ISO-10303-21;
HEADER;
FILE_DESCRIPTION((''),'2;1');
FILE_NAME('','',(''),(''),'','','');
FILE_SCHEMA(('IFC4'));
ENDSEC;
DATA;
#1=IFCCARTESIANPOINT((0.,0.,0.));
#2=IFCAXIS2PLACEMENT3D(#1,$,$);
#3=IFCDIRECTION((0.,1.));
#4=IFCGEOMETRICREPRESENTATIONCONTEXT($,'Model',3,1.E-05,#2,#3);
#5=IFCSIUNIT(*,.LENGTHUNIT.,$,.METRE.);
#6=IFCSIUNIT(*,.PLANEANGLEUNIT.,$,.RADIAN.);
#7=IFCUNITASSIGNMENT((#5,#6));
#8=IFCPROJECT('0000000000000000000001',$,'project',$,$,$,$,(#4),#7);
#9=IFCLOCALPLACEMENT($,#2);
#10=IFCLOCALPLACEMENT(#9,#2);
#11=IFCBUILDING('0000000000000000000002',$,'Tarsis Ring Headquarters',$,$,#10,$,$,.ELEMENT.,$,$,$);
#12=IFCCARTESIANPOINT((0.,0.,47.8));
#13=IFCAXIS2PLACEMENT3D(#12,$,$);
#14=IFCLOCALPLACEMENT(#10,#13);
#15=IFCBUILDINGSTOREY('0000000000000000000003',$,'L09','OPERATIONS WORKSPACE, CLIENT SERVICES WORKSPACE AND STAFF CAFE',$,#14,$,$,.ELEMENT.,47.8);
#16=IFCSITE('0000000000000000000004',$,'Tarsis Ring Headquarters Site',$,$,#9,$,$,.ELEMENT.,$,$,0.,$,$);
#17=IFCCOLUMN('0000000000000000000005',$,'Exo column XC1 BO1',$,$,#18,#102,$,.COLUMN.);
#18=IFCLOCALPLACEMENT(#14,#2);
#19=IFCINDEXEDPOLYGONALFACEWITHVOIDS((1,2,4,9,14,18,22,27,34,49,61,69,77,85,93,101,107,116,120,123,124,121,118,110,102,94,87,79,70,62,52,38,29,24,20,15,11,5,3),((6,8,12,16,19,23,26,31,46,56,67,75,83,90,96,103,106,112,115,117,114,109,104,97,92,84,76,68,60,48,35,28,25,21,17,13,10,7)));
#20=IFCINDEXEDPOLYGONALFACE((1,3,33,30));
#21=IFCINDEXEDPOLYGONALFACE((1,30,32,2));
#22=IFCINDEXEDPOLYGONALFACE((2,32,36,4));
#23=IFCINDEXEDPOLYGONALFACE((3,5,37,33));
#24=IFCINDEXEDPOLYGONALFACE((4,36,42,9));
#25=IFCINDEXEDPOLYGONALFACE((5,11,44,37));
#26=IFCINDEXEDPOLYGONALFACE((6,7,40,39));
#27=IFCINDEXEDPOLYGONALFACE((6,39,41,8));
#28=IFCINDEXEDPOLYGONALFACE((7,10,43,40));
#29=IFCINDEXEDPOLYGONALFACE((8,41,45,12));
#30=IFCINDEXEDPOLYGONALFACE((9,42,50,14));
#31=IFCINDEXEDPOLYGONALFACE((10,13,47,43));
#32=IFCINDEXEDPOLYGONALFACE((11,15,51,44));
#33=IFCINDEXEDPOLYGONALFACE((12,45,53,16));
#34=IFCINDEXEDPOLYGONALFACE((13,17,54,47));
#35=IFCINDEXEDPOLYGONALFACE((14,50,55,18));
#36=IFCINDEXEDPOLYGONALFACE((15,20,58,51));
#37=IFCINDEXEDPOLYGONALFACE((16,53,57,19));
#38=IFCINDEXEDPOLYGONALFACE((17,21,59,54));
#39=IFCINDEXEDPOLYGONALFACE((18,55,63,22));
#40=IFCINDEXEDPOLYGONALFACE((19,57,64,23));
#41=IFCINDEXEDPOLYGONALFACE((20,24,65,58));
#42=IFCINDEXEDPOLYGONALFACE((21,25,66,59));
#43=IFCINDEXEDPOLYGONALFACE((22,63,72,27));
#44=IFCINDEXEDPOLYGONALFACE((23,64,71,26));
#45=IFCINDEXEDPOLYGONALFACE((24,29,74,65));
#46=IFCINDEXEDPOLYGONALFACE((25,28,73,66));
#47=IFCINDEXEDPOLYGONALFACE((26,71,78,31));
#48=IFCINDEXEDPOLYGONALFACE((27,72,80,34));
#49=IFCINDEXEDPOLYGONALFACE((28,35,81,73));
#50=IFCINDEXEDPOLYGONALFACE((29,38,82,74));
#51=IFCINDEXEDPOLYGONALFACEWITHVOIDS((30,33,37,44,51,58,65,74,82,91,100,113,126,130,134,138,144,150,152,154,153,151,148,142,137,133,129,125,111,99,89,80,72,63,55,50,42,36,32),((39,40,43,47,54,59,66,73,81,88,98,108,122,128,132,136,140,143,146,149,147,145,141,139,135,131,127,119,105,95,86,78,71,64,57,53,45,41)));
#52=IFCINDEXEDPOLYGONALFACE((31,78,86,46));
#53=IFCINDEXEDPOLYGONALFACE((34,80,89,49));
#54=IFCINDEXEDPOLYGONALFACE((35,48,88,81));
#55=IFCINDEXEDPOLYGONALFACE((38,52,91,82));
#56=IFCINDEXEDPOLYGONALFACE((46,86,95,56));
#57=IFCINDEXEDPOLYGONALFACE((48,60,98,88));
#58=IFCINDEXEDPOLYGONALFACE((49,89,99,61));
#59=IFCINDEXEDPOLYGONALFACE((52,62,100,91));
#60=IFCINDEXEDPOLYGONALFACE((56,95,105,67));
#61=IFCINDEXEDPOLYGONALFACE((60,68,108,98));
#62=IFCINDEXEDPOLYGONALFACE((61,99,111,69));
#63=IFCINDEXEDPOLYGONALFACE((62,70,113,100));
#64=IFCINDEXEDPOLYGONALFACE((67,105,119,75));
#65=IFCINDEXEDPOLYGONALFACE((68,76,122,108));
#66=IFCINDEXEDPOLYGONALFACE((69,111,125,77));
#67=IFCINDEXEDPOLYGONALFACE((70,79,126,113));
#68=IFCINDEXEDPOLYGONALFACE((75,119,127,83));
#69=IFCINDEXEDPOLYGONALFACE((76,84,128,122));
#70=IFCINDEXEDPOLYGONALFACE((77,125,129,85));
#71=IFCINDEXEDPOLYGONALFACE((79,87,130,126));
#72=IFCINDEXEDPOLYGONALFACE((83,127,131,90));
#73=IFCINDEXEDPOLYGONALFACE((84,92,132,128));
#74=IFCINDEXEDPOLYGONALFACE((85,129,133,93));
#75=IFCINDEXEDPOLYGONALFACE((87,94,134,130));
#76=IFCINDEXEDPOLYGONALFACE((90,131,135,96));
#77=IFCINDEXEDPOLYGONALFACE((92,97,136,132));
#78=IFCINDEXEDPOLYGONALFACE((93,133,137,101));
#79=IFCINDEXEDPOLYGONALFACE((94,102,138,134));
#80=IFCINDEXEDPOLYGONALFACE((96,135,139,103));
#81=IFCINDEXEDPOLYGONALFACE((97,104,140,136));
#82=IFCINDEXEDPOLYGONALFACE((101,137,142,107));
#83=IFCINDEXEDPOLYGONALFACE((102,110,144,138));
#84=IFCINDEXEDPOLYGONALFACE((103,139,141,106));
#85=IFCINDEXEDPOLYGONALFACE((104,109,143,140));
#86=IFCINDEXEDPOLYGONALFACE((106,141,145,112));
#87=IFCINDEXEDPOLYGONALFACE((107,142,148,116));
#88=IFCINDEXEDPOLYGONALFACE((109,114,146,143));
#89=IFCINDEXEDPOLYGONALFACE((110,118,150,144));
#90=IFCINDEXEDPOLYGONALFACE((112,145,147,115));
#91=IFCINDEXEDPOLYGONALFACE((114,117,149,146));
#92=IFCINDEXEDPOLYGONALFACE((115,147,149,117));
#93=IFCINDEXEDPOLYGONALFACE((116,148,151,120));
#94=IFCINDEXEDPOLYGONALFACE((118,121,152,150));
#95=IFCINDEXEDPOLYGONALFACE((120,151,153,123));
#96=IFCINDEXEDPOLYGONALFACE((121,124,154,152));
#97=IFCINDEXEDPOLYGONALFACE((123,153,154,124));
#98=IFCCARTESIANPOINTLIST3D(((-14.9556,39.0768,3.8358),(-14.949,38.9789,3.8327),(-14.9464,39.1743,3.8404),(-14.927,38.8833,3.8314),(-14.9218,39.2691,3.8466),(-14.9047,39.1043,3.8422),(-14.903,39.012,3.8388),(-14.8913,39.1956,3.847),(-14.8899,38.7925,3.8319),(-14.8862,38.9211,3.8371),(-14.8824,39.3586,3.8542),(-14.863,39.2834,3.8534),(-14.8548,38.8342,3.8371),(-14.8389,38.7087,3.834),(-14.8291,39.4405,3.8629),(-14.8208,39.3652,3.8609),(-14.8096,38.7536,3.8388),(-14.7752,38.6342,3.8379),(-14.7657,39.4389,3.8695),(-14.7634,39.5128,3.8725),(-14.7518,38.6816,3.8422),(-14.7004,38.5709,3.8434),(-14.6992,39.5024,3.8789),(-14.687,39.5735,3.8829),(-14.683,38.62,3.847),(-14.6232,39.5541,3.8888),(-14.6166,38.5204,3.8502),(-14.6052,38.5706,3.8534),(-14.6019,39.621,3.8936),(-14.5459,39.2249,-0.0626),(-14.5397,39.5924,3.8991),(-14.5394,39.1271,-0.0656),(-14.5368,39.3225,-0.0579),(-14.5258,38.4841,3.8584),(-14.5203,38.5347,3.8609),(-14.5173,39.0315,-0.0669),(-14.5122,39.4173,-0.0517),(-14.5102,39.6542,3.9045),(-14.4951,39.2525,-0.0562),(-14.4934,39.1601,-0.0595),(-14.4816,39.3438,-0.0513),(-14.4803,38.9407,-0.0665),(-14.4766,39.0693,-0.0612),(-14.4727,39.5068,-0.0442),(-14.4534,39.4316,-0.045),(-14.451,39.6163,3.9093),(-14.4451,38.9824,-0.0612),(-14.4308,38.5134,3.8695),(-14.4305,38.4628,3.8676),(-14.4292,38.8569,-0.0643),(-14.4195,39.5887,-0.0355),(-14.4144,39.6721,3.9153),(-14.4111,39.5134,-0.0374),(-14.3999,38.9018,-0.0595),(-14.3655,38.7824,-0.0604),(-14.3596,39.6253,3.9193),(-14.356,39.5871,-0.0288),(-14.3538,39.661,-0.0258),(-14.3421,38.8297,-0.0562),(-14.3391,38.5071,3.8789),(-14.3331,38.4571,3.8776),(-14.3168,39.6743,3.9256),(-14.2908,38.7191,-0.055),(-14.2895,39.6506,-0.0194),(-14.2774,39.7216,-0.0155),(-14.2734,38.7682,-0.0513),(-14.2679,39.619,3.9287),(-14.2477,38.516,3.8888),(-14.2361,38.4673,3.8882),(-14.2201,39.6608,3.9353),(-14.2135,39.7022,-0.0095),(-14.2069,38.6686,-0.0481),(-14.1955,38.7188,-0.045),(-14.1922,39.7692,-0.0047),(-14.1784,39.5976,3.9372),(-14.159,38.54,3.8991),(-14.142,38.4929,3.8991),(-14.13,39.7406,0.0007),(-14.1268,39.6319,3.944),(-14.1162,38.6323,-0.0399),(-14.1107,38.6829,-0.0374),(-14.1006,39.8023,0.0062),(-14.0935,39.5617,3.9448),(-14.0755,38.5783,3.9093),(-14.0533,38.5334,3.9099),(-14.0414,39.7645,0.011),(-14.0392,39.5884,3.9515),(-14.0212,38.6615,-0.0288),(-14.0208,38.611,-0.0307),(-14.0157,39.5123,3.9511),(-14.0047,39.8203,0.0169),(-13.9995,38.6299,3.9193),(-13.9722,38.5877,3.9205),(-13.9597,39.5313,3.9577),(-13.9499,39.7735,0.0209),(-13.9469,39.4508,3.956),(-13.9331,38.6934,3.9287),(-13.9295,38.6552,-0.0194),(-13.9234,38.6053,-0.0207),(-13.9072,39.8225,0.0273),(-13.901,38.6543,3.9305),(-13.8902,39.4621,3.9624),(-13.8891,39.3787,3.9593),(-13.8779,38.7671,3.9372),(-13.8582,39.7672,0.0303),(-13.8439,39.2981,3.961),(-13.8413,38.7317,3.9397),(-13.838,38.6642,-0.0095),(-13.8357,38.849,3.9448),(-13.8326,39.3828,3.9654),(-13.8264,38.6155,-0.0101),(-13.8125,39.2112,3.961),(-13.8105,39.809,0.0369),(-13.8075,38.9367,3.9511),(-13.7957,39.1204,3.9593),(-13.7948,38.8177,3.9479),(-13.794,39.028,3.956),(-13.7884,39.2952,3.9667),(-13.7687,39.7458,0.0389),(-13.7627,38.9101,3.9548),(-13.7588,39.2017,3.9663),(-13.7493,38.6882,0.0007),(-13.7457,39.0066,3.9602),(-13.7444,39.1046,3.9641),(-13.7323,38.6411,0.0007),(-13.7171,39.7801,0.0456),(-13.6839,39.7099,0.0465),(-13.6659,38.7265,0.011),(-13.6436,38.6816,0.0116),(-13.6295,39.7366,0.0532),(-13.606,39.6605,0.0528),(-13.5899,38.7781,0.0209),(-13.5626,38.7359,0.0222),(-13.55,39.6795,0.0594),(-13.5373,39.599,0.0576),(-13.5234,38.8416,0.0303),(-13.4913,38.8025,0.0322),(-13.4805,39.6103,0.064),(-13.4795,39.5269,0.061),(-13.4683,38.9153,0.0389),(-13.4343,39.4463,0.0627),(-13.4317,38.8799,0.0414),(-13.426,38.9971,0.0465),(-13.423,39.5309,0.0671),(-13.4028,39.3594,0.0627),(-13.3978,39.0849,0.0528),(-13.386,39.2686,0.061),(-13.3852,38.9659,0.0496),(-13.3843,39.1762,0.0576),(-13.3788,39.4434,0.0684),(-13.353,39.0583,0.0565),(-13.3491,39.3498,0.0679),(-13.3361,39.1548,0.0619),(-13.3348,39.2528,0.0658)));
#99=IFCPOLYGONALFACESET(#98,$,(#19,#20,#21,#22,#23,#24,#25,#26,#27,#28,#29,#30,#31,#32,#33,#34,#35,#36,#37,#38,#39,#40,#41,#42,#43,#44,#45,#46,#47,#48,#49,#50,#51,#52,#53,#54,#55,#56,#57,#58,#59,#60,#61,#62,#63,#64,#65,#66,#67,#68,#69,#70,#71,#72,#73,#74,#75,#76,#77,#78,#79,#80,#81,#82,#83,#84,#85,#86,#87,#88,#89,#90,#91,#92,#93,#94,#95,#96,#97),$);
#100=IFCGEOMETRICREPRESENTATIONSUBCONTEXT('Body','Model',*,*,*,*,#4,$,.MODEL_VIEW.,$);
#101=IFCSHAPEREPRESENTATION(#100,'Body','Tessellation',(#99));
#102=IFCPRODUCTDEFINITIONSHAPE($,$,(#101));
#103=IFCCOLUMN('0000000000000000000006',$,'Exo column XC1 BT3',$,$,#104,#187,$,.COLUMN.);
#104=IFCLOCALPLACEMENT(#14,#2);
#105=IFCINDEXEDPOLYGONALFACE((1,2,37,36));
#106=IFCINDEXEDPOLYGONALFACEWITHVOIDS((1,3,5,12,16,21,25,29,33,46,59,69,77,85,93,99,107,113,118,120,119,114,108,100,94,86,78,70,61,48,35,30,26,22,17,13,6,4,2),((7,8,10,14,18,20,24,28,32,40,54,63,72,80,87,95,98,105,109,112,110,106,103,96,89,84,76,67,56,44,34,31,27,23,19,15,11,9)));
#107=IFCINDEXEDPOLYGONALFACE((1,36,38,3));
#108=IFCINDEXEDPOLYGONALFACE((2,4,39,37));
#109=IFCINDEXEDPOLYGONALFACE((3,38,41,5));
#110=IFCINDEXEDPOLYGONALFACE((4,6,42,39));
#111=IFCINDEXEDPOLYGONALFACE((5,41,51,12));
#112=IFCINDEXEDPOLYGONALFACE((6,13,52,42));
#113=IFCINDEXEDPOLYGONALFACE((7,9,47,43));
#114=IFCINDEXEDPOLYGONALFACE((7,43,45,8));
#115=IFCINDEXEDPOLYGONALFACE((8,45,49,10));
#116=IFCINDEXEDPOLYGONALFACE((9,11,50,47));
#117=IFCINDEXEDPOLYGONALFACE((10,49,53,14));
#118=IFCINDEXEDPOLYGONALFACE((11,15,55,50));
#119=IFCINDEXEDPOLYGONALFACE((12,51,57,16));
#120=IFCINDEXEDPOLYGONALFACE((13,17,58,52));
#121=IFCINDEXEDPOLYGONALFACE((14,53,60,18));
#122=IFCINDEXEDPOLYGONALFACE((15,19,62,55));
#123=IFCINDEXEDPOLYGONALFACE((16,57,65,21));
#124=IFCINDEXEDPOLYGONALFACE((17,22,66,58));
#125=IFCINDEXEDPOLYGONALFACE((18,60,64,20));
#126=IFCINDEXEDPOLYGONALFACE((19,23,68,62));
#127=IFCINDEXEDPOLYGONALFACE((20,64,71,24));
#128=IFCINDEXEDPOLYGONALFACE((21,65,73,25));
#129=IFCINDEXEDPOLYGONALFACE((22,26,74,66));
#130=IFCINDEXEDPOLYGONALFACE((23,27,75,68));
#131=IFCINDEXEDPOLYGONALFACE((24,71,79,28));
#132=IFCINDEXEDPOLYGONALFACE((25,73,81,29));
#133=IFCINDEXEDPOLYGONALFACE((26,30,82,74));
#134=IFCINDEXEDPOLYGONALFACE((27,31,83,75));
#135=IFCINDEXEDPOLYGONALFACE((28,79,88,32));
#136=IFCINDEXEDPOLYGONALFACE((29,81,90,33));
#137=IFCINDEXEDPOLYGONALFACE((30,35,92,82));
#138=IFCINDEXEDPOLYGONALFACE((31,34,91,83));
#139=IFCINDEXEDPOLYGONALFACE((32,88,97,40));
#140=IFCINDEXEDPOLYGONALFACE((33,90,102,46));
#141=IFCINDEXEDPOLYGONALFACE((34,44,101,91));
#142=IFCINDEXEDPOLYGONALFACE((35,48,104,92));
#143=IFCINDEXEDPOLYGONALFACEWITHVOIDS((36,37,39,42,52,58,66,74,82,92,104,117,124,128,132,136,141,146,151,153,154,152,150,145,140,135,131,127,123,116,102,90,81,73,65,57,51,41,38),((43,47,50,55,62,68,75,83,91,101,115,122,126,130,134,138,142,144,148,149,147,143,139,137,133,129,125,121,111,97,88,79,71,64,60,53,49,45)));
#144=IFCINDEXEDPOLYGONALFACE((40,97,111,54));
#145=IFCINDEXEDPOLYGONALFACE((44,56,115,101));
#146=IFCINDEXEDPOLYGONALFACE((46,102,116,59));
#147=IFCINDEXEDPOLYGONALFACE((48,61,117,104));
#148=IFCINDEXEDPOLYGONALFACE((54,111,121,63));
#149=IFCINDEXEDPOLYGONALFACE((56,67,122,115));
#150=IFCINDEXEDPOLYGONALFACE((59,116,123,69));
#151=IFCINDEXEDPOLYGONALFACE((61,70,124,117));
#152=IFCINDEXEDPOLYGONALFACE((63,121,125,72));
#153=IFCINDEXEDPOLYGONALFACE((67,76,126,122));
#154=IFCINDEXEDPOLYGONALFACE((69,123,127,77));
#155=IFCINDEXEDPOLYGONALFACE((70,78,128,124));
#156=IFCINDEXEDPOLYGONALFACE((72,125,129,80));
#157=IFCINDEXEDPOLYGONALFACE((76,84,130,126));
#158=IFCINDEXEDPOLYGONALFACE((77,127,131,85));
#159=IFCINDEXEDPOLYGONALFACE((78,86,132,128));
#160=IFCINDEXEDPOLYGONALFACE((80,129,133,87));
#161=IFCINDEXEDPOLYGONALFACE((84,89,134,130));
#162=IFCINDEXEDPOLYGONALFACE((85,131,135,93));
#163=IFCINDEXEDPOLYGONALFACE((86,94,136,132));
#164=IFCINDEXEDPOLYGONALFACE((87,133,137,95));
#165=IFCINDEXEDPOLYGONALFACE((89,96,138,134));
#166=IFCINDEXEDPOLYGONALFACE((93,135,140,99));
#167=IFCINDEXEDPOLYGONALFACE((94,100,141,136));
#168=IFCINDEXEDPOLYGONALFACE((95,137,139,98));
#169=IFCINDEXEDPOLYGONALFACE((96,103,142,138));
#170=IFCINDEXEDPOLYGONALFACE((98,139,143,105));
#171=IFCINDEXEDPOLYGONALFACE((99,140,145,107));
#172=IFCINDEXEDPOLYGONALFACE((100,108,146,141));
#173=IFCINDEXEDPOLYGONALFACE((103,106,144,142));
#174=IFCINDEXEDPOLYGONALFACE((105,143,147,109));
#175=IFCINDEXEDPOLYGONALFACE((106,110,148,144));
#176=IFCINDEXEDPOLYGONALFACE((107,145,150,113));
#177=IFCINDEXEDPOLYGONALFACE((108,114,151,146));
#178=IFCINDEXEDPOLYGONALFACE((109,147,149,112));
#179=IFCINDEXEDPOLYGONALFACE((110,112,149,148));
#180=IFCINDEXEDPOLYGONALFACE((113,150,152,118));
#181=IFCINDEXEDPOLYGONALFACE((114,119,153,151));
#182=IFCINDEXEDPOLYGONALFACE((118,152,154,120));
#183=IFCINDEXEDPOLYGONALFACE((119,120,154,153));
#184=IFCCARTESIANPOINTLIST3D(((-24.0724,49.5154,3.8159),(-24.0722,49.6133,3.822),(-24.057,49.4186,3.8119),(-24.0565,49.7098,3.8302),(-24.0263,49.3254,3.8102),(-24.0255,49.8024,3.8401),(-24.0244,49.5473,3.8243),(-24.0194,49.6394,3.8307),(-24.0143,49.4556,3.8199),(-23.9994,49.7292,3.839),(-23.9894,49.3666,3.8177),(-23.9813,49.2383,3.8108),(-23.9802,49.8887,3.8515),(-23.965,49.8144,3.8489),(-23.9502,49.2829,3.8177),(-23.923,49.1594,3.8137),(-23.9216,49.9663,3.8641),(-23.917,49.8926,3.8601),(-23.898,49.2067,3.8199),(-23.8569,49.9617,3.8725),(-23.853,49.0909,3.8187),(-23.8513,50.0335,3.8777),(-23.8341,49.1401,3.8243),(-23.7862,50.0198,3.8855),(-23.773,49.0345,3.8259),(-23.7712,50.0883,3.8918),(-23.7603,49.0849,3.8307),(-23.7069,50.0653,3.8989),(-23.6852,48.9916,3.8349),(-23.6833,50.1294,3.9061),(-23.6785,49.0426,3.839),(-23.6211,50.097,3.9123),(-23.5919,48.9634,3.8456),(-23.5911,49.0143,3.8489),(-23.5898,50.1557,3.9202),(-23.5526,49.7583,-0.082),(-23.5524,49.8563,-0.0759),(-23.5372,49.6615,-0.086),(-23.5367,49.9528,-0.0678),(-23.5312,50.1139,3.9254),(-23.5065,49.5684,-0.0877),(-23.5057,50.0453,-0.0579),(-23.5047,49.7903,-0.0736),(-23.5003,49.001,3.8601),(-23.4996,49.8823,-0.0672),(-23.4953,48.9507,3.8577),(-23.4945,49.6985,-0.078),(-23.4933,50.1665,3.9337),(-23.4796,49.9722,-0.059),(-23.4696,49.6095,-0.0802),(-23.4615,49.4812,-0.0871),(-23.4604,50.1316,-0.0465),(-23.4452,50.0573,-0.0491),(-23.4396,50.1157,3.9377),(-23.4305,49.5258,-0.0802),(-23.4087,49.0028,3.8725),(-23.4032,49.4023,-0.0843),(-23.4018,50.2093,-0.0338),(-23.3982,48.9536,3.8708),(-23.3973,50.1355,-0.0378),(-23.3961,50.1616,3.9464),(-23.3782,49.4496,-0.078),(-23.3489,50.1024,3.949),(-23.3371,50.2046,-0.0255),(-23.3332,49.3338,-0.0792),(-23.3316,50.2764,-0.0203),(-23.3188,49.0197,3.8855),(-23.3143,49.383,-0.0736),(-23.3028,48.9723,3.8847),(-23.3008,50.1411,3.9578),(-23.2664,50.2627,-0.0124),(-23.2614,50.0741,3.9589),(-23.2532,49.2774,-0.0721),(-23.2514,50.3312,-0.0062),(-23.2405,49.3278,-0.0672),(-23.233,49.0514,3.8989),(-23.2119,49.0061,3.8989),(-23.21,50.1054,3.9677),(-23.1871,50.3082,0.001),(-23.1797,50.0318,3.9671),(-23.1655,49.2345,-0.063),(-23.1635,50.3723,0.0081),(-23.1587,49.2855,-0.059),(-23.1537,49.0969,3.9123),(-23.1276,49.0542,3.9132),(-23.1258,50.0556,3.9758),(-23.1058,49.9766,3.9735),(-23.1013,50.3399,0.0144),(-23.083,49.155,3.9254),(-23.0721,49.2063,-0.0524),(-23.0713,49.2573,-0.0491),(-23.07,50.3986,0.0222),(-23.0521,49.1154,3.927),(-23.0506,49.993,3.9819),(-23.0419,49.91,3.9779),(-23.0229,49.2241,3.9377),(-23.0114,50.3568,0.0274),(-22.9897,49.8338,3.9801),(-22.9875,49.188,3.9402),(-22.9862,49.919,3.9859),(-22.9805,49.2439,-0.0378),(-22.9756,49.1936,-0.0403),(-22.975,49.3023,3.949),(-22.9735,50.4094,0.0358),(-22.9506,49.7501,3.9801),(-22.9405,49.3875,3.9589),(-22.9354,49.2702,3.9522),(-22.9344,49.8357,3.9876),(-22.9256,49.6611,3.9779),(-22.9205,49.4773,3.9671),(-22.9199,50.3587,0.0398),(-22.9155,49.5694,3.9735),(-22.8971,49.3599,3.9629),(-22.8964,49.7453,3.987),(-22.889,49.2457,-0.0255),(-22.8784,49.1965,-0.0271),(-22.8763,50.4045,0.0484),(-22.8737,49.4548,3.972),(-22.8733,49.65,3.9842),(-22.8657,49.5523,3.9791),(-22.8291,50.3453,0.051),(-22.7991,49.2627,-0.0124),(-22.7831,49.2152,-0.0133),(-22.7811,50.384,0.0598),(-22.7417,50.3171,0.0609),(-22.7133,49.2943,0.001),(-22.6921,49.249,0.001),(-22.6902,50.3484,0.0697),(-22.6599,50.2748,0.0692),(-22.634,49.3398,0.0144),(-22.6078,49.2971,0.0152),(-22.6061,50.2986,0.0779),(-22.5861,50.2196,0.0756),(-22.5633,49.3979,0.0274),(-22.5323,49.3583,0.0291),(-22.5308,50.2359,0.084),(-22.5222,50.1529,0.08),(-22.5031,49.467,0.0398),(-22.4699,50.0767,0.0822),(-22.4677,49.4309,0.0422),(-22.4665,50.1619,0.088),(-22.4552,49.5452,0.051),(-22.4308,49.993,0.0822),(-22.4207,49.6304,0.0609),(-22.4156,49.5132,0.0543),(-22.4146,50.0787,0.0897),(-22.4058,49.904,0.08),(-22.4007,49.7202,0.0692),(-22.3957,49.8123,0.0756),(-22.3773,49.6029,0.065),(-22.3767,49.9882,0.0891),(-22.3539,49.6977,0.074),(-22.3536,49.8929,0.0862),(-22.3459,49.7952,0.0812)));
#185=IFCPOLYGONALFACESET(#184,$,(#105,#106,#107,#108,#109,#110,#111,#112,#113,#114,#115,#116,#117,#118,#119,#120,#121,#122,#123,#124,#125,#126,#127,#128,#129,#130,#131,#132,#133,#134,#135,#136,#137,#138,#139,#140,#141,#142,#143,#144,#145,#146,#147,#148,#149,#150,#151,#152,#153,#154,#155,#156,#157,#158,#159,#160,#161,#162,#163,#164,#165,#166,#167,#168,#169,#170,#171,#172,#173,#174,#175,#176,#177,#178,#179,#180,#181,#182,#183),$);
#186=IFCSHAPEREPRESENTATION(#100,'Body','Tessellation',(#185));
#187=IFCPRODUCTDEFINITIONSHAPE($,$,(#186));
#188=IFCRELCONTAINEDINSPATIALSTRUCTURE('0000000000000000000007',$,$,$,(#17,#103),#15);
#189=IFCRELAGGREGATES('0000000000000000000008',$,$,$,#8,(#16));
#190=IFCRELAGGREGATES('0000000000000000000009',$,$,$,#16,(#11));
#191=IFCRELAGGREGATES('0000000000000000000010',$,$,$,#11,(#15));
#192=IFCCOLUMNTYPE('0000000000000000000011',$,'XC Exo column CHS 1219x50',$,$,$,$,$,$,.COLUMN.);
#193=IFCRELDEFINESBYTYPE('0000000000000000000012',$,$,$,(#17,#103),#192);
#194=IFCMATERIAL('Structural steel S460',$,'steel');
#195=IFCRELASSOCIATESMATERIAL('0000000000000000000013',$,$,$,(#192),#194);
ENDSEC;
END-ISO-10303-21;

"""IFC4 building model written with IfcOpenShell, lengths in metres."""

from ifc_helpers import new_model, si_unit, direction, frame, origin, origin_2d, place, context, subcontext, project, spatial, hollow_circle, extrude, material, material_profile, profile_set, type_object, element, save


model = new_model("IFC4")

# Units and contexts
model_context = context("Model", 3, precision=1e-05, world=origin(), true_north=direction((0.0, 1.0)))
body_context = subcontext(model_context, "Body", "Model", "MODEL_VIEW")
ifc_project = project(units=[si_unit("LENGTHUNIT", "METRE"), si_unit("PLANEANGLEUNIT", "RADIAN")], contexts=[model_context])

# Site, building, storey
site_placement = place(None, origin())
site = spatial("IfcSite", under=ifc_project, at=site_placement, Name="Tarsis Ring Headquarters Site", CompositionType="ELEMENT", RefElevation=0.0)
building_placement = place(site_placement, origin())
building = spatial("IfcBuilding", under=site, at=building_placement, Name="Tarsis Ring Headquarters", CompositionType="ELEMENT")
storey_placement = place(building_placement, frame((0.0, 0.0, 47.8)))
storey = spatial("IfcBuildingStorey", under=building, at=storey_placement, Name="L09", Description="OPERATIONS WORKSPACE, CLIENT SERVICES WORKSPACE AND STAFF CAFE", CompositionType="ELEMENT", Elevation=47.8)

# Columns
ifc_material_1 = material(Name="Structural steel S460", Category="steel")
ifc_material_profile_1 = material_profile(ifc_material_1, hollow_circle(Radius=0.6096, WallThickness=0.05, at=origin_2d()), Name="CHS 1219x50")
ifc_profile_set_1 = profile_set([ifc_material_profile_1], Name="Structural steel S460")
column_type = type_object("IfcColumnType", Name="XC Exo column CHS 1219x50", PredefinedType="COLUMN", material=ifc_profile_set_1)
column_1_placement = place(storey_placement, frame((-13.9397, 39.2144, 0.0007), z_axis=(-0.104435, -0.037778, 0.993814), x_axis=(0.340168, -0.940365, 0.0)))
element("IfcColumn", 1, at=column_1_placement, inside=storey, type_object=column_type, Name="Exo column XC1 BO1", PredefinedType="COLUMN", context=body_context, shape_type="SweptSolid", body=[
    extrude(hollow_circle(Radius=0.6096, WallThickness=0.05, at=origin_2d()), origin(), (0.0, 0.0, 1.0), 3.9226),
])
column_2_placement = place(storey_placement, frame((-22.9502, 49.8013, 0.001), z_axis=(-0.131924, -0.061656, 0.98934), x_axis=(0.423398, -0.905944, 0.0)))
element("IfcColumn", 2, at=column_2_placement, inside=storey, type_object=column_type, Name="Exo column XC1 BT3", PredefinedType="COLUMN", context=body_context, shape_type="SweptSolid", body=[
    extrude(hollow_circle(Radius=0.6096, WallThickness=0.05, at=origin_2d()), origin(), (0.0, 0.0, 1.0), 3.9399),
])

save(model, "model.ifc")
